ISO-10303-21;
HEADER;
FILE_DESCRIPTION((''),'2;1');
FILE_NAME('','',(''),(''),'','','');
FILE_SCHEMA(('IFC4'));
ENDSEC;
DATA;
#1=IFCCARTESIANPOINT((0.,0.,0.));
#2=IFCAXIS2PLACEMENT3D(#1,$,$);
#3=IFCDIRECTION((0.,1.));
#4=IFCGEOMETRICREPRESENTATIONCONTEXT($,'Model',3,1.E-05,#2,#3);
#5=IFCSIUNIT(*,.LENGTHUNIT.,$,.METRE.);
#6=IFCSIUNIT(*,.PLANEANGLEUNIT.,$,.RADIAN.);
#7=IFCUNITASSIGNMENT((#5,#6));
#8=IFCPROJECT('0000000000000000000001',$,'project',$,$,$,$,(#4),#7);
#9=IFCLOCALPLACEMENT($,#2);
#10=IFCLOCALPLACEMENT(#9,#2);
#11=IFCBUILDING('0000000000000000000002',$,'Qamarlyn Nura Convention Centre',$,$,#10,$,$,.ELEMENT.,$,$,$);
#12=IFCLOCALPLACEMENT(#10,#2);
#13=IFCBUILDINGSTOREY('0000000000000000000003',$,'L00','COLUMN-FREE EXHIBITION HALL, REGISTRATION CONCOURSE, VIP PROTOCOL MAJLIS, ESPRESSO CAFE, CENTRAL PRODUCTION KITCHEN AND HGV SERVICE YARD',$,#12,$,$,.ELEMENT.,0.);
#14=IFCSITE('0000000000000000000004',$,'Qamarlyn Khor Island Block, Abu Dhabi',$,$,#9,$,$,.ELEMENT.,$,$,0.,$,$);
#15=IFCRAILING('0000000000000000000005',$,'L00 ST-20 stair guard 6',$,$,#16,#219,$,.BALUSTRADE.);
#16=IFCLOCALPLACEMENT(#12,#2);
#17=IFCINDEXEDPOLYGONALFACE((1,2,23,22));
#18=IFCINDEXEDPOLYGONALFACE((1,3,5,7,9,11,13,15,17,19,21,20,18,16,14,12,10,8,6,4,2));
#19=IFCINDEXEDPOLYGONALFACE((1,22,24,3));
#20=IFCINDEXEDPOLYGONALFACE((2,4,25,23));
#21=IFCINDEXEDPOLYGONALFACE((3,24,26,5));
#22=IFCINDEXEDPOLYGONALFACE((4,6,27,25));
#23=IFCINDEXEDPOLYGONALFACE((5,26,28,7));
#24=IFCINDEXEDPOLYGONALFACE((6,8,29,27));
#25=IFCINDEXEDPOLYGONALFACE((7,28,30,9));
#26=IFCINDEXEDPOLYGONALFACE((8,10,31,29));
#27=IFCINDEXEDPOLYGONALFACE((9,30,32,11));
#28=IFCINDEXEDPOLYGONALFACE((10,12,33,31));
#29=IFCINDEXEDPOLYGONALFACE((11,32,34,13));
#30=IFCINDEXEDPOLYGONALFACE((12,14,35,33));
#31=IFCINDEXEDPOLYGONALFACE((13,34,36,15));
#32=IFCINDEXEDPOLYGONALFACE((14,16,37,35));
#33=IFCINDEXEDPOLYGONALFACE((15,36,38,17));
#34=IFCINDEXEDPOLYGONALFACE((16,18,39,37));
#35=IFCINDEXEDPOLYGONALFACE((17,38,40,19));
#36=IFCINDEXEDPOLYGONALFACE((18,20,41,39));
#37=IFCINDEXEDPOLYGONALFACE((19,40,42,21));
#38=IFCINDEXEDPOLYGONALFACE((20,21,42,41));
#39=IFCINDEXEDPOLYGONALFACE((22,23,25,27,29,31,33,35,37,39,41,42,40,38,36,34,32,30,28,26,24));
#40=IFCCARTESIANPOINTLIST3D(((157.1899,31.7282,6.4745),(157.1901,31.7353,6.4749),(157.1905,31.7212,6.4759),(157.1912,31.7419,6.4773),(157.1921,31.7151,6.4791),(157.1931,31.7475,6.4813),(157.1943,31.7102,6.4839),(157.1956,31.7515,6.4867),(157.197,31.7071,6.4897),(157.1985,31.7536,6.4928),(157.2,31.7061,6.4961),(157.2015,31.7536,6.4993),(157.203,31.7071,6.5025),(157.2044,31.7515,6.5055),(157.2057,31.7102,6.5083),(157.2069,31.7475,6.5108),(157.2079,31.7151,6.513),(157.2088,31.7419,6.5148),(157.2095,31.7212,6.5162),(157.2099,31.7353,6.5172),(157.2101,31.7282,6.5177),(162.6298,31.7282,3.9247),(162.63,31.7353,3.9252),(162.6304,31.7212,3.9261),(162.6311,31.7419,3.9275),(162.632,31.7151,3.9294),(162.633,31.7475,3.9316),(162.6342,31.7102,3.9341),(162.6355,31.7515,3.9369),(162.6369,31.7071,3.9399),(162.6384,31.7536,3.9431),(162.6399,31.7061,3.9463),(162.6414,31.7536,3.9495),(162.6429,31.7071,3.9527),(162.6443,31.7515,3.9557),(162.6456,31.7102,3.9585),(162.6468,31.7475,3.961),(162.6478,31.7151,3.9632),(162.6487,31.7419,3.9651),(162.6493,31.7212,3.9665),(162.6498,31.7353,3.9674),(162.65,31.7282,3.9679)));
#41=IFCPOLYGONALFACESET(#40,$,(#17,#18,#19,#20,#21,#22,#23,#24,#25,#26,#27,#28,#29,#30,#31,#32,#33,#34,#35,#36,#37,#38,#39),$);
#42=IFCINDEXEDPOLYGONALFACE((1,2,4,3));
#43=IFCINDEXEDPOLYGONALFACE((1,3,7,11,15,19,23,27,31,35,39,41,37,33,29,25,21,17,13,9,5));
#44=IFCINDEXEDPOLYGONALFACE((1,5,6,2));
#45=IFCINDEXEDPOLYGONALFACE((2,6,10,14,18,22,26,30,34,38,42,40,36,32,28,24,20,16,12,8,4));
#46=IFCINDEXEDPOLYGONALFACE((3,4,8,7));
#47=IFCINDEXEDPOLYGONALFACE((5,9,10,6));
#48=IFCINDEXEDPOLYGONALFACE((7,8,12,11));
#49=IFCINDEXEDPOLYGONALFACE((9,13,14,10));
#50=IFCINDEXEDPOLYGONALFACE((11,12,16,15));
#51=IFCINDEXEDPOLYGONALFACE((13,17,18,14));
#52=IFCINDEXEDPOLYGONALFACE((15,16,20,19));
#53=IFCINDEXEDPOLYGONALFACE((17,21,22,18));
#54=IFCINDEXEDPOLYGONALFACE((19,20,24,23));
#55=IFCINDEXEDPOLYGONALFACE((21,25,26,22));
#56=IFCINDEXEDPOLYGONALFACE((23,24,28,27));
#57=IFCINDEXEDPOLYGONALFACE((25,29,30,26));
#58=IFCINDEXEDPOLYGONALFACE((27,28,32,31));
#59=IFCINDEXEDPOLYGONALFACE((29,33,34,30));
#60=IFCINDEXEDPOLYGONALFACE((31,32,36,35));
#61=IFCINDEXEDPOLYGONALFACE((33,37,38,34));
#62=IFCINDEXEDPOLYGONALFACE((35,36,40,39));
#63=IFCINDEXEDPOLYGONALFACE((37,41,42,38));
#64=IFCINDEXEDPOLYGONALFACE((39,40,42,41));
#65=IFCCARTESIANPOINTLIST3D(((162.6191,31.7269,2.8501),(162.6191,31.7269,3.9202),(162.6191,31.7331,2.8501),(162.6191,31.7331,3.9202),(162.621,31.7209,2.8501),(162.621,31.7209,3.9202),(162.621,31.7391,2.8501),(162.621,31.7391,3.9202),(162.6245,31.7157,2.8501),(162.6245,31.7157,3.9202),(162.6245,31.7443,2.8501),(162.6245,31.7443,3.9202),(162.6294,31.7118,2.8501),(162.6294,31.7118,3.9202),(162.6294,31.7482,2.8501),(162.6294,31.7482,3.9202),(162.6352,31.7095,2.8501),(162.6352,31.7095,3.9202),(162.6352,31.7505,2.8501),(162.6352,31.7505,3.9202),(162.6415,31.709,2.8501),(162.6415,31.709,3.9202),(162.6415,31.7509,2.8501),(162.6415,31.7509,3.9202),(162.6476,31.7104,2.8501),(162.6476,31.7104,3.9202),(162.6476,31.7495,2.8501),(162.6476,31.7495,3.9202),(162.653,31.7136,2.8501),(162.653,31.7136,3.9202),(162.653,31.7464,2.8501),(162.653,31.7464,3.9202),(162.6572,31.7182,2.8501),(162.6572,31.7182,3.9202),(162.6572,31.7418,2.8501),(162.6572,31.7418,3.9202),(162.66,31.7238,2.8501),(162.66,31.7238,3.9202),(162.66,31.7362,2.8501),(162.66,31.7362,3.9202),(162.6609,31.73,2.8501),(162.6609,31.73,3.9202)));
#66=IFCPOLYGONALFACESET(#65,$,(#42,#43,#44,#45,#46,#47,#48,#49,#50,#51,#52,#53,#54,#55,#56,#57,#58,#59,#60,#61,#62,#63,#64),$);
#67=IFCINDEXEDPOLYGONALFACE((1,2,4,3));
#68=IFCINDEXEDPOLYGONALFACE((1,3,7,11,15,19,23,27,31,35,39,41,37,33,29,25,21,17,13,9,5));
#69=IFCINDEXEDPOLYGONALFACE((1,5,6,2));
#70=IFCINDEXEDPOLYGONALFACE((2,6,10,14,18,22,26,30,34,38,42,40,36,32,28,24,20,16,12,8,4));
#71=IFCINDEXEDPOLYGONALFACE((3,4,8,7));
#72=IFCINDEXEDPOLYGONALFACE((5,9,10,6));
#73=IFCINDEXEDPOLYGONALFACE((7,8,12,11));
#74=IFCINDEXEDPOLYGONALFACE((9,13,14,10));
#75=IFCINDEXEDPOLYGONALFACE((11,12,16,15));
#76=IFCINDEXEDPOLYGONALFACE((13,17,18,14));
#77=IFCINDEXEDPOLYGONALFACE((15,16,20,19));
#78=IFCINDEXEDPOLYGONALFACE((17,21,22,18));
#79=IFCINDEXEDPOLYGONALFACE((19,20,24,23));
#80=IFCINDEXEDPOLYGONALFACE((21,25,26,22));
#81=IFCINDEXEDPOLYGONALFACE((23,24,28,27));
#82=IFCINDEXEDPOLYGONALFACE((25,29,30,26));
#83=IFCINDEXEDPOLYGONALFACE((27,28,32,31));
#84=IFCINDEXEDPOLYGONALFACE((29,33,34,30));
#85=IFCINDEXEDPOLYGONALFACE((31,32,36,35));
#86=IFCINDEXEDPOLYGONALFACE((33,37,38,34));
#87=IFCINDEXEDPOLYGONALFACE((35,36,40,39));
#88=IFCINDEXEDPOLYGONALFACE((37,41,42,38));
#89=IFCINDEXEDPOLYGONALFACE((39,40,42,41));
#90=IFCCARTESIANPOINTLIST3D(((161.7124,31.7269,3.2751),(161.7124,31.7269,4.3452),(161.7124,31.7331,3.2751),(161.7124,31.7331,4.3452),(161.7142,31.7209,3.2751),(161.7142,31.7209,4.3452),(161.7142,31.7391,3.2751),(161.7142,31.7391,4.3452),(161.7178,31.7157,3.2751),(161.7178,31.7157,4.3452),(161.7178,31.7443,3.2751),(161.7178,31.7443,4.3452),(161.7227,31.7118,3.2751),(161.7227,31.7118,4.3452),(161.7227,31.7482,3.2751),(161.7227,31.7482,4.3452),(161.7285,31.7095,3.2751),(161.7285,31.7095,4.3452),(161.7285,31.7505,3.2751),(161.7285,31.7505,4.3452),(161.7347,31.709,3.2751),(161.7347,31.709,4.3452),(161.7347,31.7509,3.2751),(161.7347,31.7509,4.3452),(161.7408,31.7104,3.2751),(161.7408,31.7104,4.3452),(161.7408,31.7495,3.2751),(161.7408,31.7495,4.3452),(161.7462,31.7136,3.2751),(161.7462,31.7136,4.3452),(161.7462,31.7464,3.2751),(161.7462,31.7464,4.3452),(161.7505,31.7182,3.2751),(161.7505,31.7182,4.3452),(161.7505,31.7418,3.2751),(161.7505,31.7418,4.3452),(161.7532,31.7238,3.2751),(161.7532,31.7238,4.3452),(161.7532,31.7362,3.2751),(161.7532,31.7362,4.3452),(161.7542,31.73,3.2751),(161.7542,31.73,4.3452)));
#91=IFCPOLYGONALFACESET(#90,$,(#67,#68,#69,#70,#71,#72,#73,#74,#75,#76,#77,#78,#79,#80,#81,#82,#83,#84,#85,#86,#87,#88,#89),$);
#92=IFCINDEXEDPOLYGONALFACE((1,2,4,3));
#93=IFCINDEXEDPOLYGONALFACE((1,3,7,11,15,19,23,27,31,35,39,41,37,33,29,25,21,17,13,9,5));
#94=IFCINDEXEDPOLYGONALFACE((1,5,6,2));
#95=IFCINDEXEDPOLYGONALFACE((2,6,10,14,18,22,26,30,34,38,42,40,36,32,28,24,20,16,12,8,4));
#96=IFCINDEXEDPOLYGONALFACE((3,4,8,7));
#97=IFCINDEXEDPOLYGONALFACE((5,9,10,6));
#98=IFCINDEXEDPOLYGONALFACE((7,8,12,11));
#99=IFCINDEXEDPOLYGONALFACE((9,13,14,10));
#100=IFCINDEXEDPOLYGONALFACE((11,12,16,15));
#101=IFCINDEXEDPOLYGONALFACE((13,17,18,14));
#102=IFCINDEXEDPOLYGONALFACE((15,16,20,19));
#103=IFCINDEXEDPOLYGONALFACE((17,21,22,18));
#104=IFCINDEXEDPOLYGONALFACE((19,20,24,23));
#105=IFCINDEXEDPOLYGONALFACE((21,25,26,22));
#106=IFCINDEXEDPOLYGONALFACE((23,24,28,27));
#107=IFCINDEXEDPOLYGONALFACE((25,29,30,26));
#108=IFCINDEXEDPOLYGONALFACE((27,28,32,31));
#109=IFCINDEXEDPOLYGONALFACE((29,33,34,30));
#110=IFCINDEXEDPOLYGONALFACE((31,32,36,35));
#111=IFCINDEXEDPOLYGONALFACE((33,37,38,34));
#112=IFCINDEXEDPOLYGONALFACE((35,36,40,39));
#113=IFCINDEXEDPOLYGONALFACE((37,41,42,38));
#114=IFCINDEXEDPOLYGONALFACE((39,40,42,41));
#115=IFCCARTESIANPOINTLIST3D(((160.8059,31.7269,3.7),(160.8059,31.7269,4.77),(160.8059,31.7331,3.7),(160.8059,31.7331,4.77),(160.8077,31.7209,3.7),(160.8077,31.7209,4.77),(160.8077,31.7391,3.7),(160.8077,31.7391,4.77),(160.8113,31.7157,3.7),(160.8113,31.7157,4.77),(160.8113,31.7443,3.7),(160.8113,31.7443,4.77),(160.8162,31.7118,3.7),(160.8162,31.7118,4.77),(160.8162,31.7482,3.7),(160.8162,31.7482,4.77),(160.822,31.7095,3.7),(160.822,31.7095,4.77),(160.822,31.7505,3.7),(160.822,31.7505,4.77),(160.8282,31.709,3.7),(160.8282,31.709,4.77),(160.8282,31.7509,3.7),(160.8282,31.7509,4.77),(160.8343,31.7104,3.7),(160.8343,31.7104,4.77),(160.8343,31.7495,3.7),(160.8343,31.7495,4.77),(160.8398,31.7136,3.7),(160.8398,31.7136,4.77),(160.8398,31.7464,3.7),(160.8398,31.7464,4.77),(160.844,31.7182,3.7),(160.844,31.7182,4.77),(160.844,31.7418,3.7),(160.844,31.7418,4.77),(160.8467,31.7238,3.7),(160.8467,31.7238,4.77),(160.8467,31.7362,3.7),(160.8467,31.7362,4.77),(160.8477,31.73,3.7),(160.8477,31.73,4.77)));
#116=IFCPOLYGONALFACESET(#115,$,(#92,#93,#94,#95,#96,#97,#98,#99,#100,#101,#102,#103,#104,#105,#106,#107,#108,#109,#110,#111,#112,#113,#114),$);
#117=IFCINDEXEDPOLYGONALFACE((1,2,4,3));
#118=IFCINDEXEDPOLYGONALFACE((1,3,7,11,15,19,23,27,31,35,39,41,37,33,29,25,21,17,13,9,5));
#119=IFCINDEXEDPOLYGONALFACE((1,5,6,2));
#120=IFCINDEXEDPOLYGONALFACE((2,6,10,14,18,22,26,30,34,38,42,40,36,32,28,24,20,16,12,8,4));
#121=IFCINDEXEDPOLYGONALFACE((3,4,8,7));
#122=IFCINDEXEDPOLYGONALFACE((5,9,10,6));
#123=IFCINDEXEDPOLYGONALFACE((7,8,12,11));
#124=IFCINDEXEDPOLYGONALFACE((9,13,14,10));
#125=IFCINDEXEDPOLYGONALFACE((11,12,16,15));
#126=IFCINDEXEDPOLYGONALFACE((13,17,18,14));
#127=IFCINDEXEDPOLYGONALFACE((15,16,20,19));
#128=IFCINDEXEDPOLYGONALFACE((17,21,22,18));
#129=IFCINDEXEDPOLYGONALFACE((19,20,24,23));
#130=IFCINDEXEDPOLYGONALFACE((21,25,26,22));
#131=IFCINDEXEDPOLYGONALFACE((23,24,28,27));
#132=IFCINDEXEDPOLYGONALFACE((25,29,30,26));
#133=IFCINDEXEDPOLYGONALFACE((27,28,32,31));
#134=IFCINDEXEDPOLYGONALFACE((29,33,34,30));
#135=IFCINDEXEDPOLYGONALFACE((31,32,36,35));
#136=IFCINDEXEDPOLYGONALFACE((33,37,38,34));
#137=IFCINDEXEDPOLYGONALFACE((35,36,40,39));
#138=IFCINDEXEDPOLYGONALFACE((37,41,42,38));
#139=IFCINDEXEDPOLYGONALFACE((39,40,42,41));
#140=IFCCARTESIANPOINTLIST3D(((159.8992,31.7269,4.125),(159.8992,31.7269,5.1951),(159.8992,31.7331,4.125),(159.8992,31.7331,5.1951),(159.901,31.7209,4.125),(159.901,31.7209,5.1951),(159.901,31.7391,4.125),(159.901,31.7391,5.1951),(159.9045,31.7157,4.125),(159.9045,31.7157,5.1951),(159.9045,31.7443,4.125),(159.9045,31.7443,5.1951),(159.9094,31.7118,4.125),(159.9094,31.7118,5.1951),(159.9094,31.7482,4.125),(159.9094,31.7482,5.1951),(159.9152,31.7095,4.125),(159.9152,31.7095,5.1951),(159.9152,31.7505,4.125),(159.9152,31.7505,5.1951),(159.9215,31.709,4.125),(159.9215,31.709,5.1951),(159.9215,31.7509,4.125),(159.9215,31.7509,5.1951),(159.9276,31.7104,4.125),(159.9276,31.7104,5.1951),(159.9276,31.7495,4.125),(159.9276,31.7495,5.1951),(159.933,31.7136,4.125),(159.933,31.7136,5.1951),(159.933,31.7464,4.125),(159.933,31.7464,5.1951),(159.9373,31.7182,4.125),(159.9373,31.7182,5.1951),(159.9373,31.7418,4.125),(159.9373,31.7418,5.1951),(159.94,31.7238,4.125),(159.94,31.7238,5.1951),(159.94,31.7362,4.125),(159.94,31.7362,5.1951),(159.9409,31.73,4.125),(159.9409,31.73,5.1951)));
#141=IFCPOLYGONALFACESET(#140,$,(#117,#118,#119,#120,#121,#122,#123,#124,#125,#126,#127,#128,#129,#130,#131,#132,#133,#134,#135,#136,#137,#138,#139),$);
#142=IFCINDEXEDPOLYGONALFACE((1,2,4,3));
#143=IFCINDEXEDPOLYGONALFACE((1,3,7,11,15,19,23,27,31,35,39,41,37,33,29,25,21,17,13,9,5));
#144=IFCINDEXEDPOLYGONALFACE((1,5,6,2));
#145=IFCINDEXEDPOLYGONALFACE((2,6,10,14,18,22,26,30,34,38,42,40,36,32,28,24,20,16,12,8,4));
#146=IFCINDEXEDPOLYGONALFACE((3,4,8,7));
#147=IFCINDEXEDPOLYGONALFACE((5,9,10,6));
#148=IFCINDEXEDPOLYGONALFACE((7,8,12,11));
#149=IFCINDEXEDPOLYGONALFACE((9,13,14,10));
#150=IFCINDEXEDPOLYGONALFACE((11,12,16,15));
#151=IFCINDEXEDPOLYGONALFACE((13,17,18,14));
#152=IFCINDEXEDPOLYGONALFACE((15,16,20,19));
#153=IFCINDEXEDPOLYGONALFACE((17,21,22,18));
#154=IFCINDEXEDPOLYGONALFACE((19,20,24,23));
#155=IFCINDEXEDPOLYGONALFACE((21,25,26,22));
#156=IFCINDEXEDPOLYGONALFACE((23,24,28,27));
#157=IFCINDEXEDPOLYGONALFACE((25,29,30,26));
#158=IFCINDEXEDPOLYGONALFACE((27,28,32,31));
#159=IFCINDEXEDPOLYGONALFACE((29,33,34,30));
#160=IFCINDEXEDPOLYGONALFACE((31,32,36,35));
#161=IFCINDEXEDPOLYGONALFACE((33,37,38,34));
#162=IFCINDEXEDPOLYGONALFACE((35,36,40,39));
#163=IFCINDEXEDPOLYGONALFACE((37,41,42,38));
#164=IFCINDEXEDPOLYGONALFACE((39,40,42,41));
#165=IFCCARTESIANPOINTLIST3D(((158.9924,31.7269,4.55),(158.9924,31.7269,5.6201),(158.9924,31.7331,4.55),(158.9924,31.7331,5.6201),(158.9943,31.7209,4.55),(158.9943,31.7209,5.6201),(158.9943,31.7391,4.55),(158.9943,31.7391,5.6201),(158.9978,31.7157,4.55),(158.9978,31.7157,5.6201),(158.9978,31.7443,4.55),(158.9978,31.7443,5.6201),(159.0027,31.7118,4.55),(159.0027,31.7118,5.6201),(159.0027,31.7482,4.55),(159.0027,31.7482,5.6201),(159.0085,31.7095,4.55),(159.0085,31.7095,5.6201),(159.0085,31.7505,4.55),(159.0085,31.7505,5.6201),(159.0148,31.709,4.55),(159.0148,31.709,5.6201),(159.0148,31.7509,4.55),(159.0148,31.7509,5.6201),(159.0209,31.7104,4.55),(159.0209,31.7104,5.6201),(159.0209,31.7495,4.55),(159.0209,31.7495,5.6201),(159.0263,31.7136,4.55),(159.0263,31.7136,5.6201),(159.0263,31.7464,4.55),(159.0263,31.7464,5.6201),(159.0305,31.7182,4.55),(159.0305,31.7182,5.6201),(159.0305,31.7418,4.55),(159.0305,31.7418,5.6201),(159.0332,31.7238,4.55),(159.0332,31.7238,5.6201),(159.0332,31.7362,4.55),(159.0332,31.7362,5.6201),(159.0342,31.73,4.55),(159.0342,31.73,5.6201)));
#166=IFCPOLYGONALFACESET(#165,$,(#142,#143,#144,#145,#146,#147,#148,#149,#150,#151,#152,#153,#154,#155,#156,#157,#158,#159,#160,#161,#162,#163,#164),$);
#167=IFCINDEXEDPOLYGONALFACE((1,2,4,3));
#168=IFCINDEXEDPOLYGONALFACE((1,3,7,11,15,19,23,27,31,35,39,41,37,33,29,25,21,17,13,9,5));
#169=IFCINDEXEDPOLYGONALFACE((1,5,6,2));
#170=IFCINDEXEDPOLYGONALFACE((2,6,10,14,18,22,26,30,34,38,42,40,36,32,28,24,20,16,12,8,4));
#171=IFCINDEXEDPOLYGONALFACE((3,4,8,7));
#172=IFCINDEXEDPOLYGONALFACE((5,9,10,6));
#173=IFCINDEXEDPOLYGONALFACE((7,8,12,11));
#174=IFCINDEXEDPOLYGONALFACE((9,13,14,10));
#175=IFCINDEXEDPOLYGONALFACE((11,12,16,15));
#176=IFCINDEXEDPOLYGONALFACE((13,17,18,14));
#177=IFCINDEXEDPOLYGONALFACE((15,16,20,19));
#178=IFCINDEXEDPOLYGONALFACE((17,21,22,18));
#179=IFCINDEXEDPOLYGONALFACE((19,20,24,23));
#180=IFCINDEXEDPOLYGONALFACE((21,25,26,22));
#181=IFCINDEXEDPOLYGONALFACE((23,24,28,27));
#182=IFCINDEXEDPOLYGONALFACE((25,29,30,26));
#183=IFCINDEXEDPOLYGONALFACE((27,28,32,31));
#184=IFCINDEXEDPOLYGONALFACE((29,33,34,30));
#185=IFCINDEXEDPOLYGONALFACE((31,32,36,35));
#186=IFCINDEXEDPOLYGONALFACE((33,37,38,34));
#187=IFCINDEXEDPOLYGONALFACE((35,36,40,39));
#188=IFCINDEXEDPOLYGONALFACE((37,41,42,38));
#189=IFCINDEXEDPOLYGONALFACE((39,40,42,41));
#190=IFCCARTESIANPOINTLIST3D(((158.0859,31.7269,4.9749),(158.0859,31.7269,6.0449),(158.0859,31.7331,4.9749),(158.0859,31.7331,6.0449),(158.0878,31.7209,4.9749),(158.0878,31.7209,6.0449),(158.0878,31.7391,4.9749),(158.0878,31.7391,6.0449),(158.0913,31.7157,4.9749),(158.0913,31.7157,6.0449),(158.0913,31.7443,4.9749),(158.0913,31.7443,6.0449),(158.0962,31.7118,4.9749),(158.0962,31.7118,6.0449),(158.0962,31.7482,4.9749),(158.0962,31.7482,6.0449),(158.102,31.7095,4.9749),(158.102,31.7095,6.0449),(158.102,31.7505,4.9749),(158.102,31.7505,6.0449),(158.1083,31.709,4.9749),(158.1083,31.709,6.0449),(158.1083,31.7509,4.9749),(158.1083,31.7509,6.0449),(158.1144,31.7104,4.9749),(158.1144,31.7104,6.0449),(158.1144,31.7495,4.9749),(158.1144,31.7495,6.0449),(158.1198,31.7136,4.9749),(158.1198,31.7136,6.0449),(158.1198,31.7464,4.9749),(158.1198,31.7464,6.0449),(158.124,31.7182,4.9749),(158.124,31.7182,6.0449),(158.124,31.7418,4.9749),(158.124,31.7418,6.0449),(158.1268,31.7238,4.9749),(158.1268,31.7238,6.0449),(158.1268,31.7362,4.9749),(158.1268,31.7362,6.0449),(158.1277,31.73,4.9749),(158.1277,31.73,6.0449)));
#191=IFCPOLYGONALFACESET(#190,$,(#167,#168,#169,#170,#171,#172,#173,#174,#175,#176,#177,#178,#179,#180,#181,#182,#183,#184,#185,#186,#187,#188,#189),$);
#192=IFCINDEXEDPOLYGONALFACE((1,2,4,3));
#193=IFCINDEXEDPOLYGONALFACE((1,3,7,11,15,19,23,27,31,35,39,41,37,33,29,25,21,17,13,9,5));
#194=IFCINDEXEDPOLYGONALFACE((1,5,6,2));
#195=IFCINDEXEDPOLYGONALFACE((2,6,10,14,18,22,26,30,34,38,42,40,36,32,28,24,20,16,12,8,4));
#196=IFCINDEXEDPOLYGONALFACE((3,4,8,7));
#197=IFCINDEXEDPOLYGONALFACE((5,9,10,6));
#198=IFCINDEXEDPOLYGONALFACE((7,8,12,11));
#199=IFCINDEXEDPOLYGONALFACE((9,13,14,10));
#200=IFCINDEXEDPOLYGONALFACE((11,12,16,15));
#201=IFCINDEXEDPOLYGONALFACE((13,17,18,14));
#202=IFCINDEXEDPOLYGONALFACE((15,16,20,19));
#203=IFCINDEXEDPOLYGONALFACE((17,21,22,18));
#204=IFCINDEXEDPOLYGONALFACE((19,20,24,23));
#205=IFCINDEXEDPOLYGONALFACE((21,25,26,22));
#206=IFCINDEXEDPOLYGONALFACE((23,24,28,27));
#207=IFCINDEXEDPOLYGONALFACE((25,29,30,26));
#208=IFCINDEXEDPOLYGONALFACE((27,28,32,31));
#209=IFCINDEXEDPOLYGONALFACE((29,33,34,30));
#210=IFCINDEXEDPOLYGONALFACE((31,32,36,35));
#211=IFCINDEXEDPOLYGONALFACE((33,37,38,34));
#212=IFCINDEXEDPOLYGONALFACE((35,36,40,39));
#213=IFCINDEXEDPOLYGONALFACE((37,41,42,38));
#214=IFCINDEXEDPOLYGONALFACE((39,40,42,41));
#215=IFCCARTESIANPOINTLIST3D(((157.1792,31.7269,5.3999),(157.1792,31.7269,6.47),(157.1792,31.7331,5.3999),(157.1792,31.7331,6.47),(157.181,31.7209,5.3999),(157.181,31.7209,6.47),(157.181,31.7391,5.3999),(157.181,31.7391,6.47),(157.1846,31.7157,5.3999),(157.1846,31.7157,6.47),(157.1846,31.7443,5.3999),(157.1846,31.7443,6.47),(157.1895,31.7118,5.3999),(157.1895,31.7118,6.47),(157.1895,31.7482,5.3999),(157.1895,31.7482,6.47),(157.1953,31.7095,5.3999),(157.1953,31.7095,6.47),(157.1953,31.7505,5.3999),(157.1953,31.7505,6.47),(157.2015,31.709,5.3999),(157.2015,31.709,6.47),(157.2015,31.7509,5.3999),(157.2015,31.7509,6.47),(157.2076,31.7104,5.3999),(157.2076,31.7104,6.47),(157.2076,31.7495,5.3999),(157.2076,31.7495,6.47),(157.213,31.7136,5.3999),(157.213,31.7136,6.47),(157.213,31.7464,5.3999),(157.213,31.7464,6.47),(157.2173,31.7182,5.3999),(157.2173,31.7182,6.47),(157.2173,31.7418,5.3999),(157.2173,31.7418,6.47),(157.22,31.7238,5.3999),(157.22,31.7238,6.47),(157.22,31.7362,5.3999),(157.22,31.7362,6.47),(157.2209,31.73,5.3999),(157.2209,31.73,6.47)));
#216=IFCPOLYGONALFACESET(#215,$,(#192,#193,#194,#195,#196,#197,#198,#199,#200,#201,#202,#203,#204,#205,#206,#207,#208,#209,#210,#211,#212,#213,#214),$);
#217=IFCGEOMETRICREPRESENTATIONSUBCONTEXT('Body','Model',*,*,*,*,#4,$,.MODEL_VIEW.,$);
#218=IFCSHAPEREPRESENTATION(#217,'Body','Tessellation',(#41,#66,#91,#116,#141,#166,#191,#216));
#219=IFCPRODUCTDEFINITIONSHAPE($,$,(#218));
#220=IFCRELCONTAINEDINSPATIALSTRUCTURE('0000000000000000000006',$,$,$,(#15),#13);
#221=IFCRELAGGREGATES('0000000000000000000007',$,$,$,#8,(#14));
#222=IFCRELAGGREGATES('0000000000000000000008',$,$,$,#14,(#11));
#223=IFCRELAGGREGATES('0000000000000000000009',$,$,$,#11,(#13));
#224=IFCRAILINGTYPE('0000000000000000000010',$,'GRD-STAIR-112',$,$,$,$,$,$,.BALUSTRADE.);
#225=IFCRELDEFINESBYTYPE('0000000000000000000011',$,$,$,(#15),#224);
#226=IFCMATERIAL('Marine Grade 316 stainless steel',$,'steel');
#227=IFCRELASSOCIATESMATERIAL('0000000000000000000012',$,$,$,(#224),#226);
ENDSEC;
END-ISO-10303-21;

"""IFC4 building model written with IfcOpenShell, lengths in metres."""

from ifc_helpers import new_model, si_unit, direction, frame, origin, origin_2d, place, context, subcontext, project, spatial, circle, extrude, material, type_object, element, save


model = new_model("IFC4")

# Units and contexts
model_context = context("Model", 3, precision=1e-05, world=origin(), true_north=direction((0.0, 1.0)))
body_context = subcontext(model_context, "Body", "Model", "MODEL_VIEW")
ifc_project = project(units=[si_unit("LENGTHUNIT", "METRE"), si_unit("PLANEANGLEUNIT", "RADIAN")], contexts=[model_context])

# Site, building, storey
site_placement = place(None, origin())
site = spatial("IfcSite", under=ifc_project, at=site_placement, Name="Qamarlyn Khor Island Block, Abu Dhabi", CompositionType="ELEMENT", RefElevation=0.0)
building_placement = place(site_placement, origin())
building = spatial("IfcBuilding", under=site, at=building_placement, Name="Qamarlyn Nura Convention Centre", CompositionType="ELEMENT")
storey_placement = place(building_placement, origin())
storey = spatial("IfcBuildingStorey", under=building, at=storey_placement, Name="L00", Description="COLUMN-FREE EXHIBITION HALL, REGISTRATION CONCOURSE, VIP PROTOCOL MAJLIS, ESPRESSO CAFE, CENTRAL PRODUCTION KITCHEN AND HGV SERVICE YARD", CompositionType="ELEMENT", Elevation=0.0)

# Railing
ifc_material_1 = material(Name="Marine Grade 316 stainless steel", Category="steel")
railing_type_1 = type_object("IfcRailingType", Name="GRD-STAIR-112", PredefinedType="BALUSTRADE", material=ifc_material_1)
railing_1_placement = place(storey_placement, frame((162.6399, 31.73, 2.8501)))
element("IfcRailing", 1, at=railing_1_placement, inside=storey, type_object=railing_type_1, Name="L00 ST-20 stair guard 6", PredefinedType="BALUSTRADE", context=body_context, shape_type="SweptSolid", body=[
    extrude(circle(Radius=0.0239, at=origin_2d()), frame((0.0, 0.0, 1.0962), z_axis=(-0.90547, 0.0, 0.424411), x_axis=(0.0, -1.0, 0.0)), (0.0, 0.0, 1.0), 6.0078),
    extrude(circle(Radius=0.021, at=origin_2d()), origin(), (0.0, 0.0, 1.0), 1.0701),
    extrude(circle(Radius=0.021, at=origin_2d()), frame((-0.9067, 0.0, 0.425)), (0.0, 0.0, 1.0), 1.0701),
    extrude(circle(Radius=0.021, at=origin_2d()), frame((-1.8132, 0.0, 0.8499)), (0.0, 0.0, 1.0), 1.0701),
    extrude(circle(Radius=0.021, at=origin_2d()), frame((-2.72, 0.0, 1.2749)), (0.0, 0.0, 1.0), 1.0701),
    extrude(circle(Radius=0.021, at=origin_2d()), frame((-3.6267, 0.0, 1.7)), (0.0, 0.0, 1.0), 1.0701),
    extrude(circle(Radius=0.021, at=origin_2d()), frame((-4.5332, 0.0, 2.1248)), (0.0, 0.0, 1.0), 1.0701),
    extrude(circle(Radius=0.021, at=origin_2d()), frame((-5.4399, 0.0, 2.5498)), (0.0, 0.0, 1.0), 1.0701),
])

save(model, "model.ifc")
